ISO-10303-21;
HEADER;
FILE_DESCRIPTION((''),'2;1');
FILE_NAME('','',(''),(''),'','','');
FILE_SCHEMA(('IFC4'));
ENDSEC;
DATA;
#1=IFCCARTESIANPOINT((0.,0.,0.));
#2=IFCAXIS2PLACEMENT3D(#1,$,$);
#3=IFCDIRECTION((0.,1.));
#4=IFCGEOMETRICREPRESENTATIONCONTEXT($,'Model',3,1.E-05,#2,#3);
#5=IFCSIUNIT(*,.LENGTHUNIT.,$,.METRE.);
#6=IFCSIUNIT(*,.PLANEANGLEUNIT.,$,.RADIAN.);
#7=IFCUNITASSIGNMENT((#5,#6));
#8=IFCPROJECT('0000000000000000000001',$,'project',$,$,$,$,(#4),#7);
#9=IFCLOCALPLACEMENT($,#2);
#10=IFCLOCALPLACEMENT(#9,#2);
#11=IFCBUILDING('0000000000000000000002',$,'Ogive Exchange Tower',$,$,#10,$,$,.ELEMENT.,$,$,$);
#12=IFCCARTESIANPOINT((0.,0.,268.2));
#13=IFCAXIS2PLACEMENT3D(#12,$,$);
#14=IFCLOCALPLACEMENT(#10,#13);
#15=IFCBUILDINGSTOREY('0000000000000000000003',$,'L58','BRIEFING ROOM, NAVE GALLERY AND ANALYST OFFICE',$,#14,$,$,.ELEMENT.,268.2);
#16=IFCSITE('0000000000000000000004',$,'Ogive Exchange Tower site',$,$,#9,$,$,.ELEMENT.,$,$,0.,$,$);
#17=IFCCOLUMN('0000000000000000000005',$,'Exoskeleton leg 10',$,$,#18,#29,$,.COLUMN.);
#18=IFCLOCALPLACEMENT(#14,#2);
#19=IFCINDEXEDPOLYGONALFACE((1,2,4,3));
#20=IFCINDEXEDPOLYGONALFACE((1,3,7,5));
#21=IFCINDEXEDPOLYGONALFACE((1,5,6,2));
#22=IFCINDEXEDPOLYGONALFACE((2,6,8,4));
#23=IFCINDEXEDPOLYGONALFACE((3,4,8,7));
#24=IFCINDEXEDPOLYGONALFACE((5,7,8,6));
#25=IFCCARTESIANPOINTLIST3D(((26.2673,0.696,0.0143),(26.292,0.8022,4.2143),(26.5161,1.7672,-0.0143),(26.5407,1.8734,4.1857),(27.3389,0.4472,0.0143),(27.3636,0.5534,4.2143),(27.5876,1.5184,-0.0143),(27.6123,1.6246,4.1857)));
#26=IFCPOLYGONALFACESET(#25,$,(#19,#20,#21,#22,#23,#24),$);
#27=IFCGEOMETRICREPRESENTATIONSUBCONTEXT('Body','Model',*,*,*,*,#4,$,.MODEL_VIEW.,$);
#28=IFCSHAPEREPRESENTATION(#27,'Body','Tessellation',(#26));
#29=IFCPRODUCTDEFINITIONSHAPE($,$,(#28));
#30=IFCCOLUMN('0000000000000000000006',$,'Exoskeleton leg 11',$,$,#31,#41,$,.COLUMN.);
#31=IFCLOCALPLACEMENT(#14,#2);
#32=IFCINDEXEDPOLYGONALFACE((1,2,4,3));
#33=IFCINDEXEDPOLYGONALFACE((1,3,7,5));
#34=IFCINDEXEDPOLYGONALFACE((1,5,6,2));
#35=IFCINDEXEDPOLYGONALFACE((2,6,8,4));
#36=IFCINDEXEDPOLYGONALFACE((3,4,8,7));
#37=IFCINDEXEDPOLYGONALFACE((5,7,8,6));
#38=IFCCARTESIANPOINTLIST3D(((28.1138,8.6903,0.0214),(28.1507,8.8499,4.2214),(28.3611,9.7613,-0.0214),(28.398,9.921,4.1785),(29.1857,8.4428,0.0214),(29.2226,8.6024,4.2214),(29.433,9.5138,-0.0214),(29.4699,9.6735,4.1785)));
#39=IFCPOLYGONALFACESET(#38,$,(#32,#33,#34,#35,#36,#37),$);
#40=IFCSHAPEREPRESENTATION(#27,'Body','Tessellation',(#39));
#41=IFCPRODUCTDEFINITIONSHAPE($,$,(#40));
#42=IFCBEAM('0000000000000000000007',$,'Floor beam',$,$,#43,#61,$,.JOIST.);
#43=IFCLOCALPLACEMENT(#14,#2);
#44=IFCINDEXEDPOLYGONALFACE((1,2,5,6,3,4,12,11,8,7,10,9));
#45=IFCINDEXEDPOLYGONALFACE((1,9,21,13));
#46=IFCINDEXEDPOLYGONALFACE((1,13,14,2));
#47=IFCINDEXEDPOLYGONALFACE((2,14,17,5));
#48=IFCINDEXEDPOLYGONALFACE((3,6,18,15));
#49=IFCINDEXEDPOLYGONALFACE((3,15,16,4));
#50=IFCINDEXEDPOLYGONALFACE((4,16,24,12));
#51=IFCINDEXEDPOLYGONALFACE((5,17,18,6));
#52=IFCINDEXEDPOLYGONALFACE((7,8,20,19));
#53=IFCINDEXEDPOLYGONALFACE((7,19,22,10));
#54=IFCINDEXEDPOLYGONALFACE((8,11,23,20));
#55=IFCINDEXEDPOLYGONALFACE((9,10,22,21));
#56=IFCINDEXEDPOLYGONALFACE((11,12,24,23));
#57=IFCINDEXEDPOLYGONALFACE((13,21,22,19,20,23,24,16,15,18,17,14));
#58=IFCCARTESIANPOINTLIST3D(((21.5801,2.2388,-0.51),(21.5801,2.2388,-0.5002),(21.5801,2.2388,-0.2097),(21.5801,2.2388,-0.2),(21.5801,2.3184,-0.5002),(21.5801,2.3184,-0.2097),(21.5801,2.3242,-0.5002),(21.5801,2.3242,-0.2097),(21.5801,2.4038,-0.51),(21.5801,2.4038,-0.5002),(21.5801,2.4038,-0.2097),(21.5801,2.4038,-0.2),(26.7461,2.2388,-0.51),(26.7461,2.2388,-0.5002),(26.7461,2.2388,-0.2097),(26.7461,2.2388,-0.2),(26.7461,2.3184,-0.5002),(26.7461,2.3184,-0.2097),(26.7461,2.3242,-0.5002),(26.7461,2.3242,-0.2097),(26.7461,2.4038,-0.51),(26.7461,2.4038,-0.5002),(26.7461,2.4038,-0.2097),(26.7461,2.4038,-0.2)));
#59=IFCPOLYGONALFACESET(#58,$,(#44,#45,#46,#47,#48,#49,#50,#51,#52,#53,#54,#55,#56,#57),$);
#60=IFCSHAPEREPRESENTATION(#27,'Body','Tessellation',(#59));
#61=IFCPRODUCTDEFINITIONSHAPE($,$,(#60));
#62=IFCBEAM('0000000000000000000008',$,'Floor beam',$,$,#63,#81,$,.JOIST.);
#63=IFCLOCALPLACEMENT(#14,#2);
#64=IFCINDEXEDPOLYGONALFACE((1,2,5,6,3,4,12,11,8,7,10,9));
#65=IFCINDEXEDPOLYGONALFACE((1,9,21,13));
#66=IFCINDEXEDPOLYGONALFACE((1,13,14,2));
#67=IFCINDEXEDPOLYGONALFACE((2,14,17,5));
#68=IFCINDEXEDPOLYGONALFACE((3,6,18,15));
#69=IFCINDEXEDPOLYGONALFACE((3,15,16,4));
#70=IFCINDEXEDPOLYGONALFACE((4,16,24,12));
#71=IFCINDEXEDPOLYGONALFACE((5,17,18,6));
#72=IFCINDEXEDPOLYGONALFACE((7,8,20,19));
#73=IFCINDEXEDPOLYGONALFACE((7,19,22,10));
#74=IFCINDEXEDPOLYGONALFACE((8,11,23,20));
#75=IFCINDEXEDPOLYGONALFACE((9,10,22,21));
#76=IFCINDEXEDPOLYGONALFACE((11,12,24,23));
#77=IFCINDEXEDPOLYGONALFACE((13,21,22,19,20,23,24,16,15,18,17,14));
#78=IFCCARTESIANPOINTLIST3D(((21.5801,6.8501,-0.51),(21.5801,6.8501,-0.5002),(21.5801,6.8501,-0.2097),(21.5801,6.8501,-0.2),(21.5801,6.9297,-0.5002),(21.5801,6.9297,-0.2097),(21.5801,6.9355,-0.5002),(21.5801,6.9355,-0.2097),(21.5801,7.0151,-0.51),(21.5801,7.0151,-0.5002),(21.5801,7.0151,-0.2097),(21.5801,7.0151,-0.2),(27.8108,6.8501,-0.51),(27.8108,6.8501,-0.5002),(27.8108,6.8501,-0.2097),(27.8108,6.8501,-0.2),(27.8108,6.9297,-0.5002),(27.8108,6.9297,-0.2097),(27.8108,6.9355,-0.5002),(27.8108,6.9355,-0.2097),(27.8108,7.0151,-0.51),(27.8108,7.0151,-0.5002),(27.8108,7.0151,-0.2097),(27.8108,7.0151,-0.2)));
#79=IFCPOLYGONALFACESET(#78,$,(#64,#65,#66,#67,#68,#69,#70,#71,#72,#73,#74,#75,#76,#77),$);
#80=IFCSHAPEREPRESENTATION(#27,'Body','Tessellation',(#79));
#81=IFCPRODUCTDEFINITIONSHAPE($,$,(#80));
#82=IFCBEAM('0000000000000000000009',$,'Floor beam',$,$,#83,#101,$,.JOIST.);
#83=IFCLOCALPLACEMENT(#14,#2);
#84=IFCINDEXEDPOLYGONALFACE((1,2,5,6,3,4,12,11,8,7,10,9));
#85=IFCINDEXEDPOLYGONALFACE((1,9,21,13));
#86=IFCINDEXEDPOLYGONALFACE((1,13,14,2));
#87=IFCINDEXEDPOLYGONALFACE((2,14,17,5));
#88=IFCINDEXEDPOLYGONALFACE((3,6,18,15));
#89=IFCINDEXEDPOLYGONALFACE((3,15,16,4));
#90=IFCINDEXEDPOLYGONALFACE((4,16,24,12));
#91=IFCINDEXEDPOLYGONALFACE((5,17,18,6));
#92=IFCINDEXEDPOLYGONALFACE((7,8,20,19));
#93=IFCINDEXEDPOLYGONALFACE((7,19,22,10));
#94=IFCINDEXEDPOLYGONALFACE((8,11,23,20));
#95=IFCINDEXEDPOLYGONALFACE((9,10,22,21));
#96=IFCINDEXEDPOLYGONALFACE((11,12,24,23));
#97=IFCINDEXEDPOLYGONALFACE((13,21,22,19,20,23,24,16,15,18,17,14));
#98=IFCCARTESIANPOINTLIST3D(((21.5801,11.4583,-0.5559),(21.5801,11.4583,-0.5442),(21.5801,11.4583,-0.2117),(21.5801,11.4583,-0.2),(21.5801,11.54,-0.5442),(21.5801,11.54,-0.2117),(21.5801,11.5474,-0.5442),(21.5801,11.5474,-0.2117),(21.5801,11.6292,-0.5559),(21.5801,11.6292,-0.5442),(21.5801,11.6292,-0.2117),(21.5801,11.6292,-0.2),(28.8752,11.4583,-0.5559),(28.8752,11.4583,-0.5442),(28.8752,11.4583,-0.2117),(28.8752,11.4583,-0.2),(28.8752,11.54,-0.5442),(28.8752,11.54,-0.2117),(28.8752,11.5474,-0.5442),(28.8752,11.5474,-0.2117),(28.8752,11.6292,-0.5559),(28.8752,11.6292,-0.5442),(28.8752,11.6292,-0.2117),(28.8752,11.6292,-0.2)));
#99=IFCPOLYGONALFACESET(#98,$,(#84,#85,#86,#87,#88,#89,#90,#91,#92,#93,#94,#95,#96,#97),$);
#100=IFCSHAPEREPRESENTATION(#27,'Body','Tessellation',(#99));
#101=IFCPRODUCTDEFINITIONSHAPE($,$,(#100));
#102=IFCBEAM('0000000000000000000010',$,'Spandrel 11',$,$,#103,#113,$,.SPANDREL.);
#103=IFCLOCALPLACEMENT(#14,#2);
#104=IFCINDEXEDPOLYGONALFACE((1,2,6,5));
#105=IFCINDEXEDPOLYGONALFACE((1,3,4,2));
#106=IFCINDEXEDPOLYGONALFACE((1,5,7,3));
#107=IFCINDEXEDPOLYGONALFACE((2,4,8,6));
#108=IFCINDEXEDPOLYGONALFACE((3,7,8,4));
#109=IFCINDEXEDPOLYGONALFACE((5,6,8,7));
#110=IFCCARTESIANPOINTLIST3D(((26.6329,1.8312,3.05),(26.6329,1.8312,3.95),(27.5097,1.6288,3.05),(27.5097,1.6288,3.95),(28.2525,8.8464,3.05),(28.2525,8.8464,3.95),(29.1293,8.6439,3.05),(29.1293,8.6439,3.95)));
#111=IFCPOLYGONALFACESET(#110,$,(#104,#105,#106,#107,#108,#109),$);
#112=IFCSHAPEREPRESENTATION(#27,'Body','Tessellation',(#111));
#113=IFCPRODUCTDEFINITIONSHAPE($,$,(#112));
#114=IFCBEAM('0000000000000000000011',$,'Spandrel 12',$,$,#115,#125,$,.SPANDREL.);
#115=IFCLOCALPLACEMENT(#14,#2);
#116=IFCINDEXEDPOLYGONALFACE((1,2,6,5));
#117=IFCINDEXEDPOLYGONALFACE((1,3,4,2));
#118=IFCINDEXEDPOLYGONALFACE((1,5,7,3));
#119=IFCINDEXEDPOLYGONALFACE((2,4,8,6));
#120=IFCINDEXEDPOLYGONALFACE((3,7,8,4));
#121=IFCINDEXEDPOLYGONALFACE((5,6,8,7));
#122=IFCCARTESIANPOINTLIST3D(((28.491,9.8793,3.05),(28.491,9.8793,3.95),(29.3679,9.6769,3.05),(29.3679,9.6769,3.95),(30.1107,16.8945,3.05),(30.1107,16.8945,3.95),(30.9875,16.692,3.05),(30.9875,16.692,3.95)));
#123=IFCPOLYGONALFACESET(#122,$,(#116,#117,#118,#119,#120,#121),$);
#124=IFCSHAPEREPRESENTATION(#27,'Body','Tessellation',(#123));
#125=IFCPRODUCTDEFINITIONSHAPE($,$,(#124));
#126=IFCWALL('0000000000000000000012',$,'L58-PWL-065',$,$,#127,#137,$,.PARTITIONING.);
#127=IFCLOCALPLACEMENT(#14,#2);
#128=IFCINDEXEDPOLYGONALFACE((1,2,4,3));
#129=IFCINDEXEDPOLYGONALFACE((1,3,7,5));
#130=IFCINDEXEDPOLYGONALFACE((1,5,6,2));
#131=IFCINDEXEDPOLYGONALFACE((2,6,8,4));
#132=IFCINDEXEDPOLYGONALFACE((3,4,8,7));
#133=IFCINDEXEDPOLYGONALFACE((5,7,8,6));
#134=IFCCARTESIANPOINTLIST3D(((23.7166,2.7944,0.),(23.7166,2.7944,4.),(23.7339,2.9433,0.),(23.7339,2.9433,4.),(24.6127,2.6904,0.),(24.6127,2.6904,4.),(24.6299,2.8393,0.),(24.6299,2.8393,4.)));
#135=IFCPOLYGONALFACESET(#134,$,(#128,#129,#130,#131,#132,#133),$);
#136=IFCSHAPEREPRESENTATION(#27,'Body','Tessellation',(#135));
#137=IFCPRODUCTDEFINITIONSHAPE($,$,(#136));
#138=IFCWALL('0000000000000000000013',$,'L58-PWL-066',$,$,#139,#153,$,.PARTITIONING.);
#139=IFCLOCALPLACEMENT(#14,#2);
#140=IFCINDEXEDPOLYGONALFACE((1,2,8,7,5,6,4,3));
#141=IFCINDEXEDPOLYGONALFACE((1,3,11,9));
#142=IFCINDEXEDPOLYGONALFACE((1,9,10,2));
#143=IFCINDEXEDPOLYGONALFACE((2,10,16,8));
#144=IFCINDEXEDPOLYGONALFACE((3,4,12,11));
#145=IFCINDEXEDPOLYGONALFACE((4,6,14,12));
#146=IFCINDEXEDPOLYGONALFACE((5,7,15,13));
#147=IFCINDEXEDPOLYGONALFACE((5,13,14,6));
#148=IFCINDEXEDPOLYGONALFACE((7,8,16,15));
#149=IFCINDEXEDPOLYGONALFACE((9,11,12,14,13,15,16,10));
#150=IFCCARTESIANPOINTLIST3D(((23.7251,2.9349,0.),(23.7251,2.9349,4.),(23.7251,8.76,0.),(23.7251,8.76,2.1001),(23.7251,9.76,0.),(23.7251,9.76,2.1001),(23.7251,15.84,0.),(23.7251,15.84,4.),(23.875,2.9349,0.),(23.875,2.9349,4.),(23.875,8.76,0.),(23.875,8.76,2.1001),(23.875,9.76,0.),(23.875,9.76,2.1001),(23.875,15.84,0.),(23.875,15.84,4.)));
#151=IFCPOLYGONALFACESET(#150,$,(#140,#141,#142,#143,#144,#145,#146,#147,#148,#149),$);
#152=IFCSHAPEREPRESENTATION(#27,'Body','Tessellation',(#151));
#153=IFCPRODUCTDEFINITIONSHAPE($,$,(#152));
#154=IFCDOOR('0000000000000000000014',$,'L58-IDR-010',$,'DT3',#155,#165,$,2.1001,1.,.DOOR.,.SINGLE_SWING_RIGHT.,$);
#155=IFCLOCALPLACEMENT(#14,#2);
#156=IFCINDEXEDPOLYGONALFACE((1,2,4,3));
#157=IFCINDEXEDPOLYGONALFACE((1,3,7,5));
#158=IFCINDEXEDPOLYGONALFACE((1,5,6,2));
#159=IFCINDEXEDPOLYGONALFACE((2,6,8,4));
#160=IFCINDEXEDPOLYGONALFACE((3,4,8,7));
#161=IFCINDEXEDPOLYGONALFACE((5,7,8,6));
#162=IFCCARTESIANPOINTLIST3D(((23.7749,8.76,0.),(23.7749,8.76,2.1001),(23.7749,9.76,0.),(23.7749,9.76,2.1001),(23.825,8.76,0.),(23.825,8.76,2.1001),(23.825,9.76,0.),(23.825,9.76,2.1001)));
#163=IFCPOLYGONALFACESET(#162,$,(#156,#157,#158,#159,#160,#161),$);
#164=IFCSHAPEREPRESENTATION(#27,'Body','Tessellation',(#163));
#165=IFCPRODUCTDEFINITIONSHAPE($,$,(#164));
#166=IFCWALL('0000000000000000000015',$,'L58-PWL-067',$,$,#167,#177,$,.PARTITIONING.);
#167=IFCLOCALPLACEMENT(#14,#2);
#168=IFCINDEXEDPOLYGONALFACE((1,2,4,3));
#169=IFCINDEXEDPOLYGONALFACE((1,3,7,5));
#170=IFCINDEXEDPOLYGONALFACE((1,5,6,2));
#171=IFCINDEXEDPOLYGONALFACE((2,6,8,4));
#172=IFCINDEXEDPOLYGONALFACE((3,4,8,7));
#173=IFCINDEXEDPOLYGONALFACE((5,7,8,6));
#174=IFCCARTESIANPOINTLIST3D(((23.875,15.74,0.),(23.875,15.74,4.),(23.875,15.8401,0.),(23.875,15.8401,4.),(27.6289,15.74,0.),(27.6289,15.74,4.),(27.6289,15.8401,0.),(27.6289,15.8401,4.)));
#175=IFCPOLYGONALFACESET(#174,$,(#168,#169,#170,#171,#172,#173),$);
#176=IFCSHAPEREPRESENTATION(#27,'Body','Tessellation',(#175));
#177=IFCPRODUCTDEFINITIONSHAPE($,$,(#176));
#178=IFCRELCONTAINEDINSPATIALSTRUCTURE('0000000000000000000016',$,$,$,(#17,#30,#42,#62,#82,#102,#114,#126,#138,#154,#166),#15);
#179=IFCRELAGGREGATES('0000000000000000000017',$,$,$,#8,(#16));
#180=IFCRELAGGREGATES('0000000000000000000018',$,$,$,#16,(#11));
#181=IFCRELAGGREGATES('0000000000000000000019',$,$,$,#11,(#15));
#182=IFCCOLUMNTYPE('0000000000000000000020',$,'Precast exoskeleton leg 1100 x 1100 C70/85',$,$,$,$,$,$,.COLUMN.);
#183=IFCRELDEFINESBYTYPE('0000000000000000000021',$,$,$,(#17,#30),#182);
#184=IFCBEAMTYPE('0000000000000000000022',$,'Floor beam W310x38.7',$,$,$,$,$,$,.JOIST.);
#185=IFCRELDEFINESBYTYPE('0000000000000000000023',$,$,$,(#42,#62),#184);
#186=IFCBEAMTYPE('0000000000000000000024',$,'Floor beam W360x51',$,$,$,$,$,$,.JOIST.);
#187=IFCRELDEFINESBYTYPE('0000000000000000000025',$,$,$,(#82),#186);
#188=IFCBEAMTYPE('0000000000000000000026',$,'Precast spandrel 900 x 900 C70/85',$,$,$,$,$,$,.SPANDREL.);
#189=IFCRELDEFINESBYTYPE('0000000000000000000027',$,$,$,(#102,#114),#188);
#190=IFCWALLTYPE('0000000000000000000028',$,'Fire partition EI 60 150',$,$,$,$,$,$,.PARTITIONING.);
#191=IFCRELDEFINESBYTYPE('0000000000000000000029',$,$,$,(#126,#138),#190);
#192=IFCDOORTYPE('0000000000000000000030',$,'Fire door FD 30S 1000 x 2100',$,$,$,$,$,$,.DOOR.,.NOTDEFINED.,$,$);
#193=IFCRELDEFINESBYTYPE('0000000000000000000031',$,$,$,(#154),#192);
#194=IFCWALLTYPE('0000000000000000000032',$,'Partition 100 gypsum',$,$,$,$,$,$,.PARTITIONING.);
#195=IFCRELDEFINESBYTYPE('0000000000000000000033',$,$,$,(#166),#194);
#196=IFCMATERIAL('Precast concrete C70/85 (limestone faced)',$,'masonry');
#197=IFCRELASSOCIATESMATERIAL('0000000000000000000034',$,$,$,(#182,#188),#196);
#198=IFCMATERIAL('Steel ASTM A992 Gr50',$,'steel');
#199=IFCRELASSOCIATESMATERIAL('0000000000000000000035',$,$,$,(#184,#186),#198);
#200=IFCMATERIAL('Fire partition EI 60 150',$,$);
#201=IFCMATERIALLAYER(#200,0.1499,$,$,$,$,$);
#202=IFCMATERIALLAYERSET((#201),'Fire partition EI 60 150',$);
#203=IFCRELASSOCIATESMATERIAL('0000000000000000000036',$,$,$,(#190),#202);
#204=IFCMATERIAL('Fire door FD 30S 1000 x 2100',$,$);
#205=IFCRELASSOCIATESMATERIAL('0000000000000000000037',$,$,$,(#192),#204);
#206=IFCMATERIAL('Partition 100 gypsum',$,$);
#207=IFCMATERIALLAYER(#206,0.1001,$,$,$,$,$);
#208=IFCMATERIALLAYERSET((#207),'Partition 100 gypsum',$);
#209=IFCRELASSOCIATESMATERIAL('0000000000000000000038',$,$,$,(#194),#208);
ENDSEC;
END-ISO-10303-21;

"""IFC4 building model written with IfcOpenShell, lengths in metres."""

from ifc_helpers import new_model, si_unit, direction, frame, frame_2d, origin, origin_2d, place, context, subcontext, project, spatial, rectangle, i_section, extrude, material, layer, layer_set, material_profile, profile_set, type_object, element, fill, save


model = new_model("IFC4")

# Units and contexts
model_context = context("Model", 3, precision=1e-05, world=origin(), true_north=direction((0.0, 1.0)))
body_context = subcontext(model_context, "Body", "Model", "MODEL_VIEW")
ifc_project = project(units=[si_unit("LENGTHUNIT", "METRE"), si_unit("PLANEANGLEUNIT", "RADIAN")], contexts=[model_context])

# Site, building, storey
site_placement = place(None, origin())
site = spatial("IfcSite", under=ifc_project, at=site_placement, Name="Ogive Exchange Tower site", CompositionType="ELEMENT", RefElevation=0.0)
building_placement = place(site_placement, origin())
building = spatial("IfcBuilding", under=site, at=building_placement, Name="Ogive Exchange Tower", CompositionType="ELEMENT")
storey_placement = place(building_placement, frame((0.0, 0.0, 268.2)))
storey = spatial("IfcBuildingStorey", under=building, at=storey_placement, Name="L58", Description="BRIEFING ROOM, NAVE GALLERY AND ANALYST OFFICE", CompositionType="ELEMENT", Elevation=268.2)

# Columns
ifc_material_1 = material(Name="Precast concrete C70/85 (limestone faced)", Category="masonry")
ifc_material_profile_1 = material_profile(ifc_material_1, rectangle(XDim=1.1001, YDim=1.1001, at=origin_2d()), Name="1100 x 1100")
ifc_profile_set_1 = profile_set([ifc_material_profile_1], Name="Precast concrete C70/85 (limestone faced)")
column_type = type_object("IfcColumnType", Name="Precast exoskeleton leg 1100 x 1100 C70/85", PredefinedType="COLUMN", material=ifc_profile_set_1)
column_1_placement = place(storey_placement, frame((26.9275, 1.1072, 0.0), z_axis=(0.005869, 0.025278, 0.999663), x_axis=(-0.974088, 0.226168, 0.0)))
element("IfcColumn", 1, at=column_1_placement, inside=storey, type_object=column_type, Name="Exoskeleton leg 10", PredefinedType="COLUMN", context=body_context, shape_type="SweptSolid", body=[
    extrude(rectangle(XDim=1.1001, YDim=1.1001, at=origin_2d()), origin(), (0.0, 0.0, 1.0), 4.2014),
])
column_2_placement = place(storey_placement, frame((28.7734, 9.1021, 0.0), z_axis=(0.008771, 0.037988, 0.99924), x_axis=(-0.974366, 0.224968, 0.0)))
element("IfcColumn", 2, at=column_2_placement, inside=storey, type_object=column_type, Name="Exoskeleton leg 11", PredefinedType="COLUMN", context=body_context, shape_type="SweptSolid", body=[
    extrude(rectangle(XDim=1.1001, YDim=1.1001, at=origin_2d()), origin(), (0.0, 0.0, 1.0), 4.2031),
])

# Beams
ifc_material_2 = material(Name="Steel ASTM A992 Gr50", Category="steel")
ifc_material_profile_2 = material_profile(ifc_material_2, i_section(OverallWidth=0.165, OverallDepth=0.3101, WebThickness=0.0059, FlangeThickness=0.0098, at=origin_2d()), Name="W310x38.7")
ifc_profile_set_2 = profile_set([ifc_material_profile_2], Name="Steel ASTM A992 Gr50")
beam_type_1 = type_object("IfcBeamType", Name="Floor beam W310x38.7", PredefinedType="JOIST", material=ifc_profile_set_2)
beam_1_placement = place(storey_placement, frame((21.5801, 2.3213, -0.355), z_axis=(1.0, 0.0, 0.0), x_axis=(0.0, 1.0, 0.0)))
element("IfcBeam", 3, at=beam_1_placement, inside=storey, type_object=beam_type_1, Name="Floor beam", PredefinedType="JOIST", context=body_context, shape_type="SweptSolid", body=[
    extrude(i_section(OverallWidth=0.165, OverallDepth=0.3101, WebThickness=0.0059, FlangeThickness=0.0098, at=origin_2d()), origin(), (0.0, 0.0, 1.0), 5.166),
])
beam_2_placement = place(storey_placement, frame((21.5801, 6.9326, -0.355), z_axis=(1.0, 0.0, 0.0), x_axis=(0.0, 1.0, 0.0)))
element("IfcBeam", 4, at=beam_2_placement, inside=storey, type_object=beam_type_1, Name="Floor beam", PredefinedType="JOIST", context=body_context, shape_type="SweptSolid", body=[
    extrude(i_section(OverallWidth=0.165, OverallDepth=0.3101, WebThickness=0.0059, FlangeThickness=0.0098, at=origin_2d()), origin(), (0.0, 0.0, 1.0), 6.2307),
])
ifc_material_profile_3 = material_profile(ifc_material_2, i_section(OverallWidth=0.1709, OverallDepth=0.356, WebThickness=0.0073, FlangeThickness=0.0117, at=origin_2d()), Name="W360x51")
ifc_profile_set_3 = profile_set([ifc_material_profile_3], Name="Steel ASTM A992 Gr50")
beam_type_2 = type_object("IfcBeamType", Name="Floor beam W360x51", PredefinedType="JOIST", material=ifc_profile_set_3)
beam_3_placement = place(storey_placement, frame((21.5801, 11.5437, -0.3779), z_axis=(1.0, 0.0, 0.0), x_axis=(0.0, 1.0, 0.0)))
element("IfcBeam", 5, at=beam_3_placement, inside=storey, type_object=beam_type_2, Name="Floor beam", PredefinedType="JOIST", context=body_context, shape_type="SweptSolid", body=[
    extrude(i_section(OverallWidth=0.1709, OverallDepth=0.356, WebThickness=0.0073, FlangeThickness=0.0117, at=origin_2d()), origin(), (0.0, 0.0, 1.0), 7.2952),
])
ifc_material_profile_4 = material_profile(ifc_material_1, rectangle(XDim=0.8999, YDim=0.8999, at=origin_2d()), Name="900 x 900")
ifc_profile_set_4 = profile_set([ifc_material_profile_4], Name="Precast concrete C70/85 (limestone faced)")
beam_type_3 = type_object("IfcBeamType", Name="Precast spandrel 900 x 900 C70/85", PredefinedType="SPANDREL", material=ifc_profile_set_4)
for number, where, z_axis, x_axis, name in (
    (6, (27.0713, 1.73, 3.5), (0.224959, 0.974368, 0.0), (-0.974368, 0.224959, 0.0), "Spandrel 11"),
    (7, (28.9294, 9.7781, 3.5), (0.224959, 0.974368, 0.0), (-0.974368, 0.224959, 0.0), "Spandrel 12"),
):
    element("IfcBeam", number, at=place(storey_placement, frame(where, z_axis=z_axis, x_axis=x_axis)), inside=storey, type_object=beam_type_3, Name=name, PredefinedType="SPANDREL", context=body_context, shape_type="SweptSolid", body=[
        extrude(rectangle(XDim=0.8999, YDim=0.8999, at=origin_2d()), origin(), (0.0, 0.0, 1.0), 7.1997),
    ])

# Wall
ifc_material_3 = material(Name="Fire partition EI 60 150")
ifc_layer_1 = layer(ifc_material_3, 0.1499)
ifc_layer_set_1 = layer_set([ifc_layer_1], Name="Fire partition EI 60 150")
wall_type_1 = type_object("IfcWallType", Name="Fire partition EI 60 150", PredefinedType="PARTITIONING", material=ifc_layer_set_1)
wall_1_placement = place(storey_placement, frame((23.7251, 2.8689, 0.0), z_axis=(0.0, 0.0, 1.0), x_axis=(0.99333, -0.115302, 0.0)))
element("IfcWall", 8, at=wall_1_placement, inside=storey, type_object=wall_type_1, Name="L58-PWL-065", PredefinedType="PARTITIONING", context=body_context, shape_type="SweptSolid", body=[
    extrude(rectangle(XDim=0.9021, YDim=0.1499, at=frame_2d((0.4512, 0.0))), origin(), (0.0, 0.0, 1.0), 4.0),
])

# Wall, opening, door
wall_2_placement = place(storey_placement, frame((23.8, 15.8401, 0.0), z_axis=(0.0, 0.0, 1.0), x_axis=(0.0, -1.0, 0.0)))
wall_2 = element("IfcWall", 9, at=wall_2_placement, inside=storey, type_object=wall_type_1, Name="L58-PWL-066", PredefinedType="PARTITIONING", context=body_context, shape_type="SweptSolid", body=[
    extrude(rectangle(XDim=12.905, YDim=0.1499, at=frame_2d((6.4526, 0.0))), origin(), (0.0, 0.0, 1.0), 4.0),
])
opening_1_placement = place(wall_2_placement, frame((6.0801, 0.0, 0.0)))
opening_1 = element("IfcOpeningElement", 10, at=opening_1_placement, cuts=wall_2, PredefinedType="OPENING", context=body_context, shape_type="SweptSolid", body=[
    extrude(rectangle(XDim=1.0, YDim=2.1001, at=frame_2d((0.5, 1.05))), frame((0.0, 0.085, 0.0), z_axis=(0.0, -1.0, 0.0), x_axis=(1.0, 0.0, 0.0)), (0.0, 0.0, 1.0), 0.1699),
])
ifc_material_4 = material(Name="Fire door FD 30S 1000 x 2100")
door_type_1 = type_object("IfcDoorType", Name="Fire door FD 30S 1000 x 2100", OperationType="NOTDEFINED", PredefinedType="DOOR", material=ifc_material_4)
door_1_placement = place(opening_1_placement, origin())
door_1 = element("IfcDoor", 11, at=door_1_placement, inside=storey, type_object=door_type_1, Name="L58-IDR-010", ObjectType="DT3", OperationType="SINGLE_SWING_RIGHT", OverallHeight=2.1001, OverallWidth=1.0, PredefinedType="DOOR", context=body_context, shape_type="SweptSolid", body=[
    extrude(rectangle(XDim=1.0, YDim=2.1001, at=frame_2d((0.5, 1.05))), frame((0.0, 0.0249, 0.0), z_axis=(0.0, -1.0, 0.0), x_axis=(1.0, 0.0, 0.0)), (0.0, 0.0, 1.0), 0.05),
])
fill(opening_1, door_1)

# Wall
ifc_material_5 = material(Name="Partition 100 gypsum")
ifc_layer_2 = layer(ifc_material_5, 0.1001)
ifc_layer_set_2 = layer_set([ifc_layer_2], Name="Partition 100 gypsum")
wall_type_2 = type_object("IfcWallType", Name="Partition 100 gypsum", PredefinedType="PARTITIONING", material=ifc_layer_set_2)
wall_3_placement = place(storey_placement, frame((23.875, 15.79, 0.0), z_axis=(0.0, 0.0, 1.0), x_axis=(1.0, 0.0, 0.0)))
element("IfcWall", 12, at=wall_3_placement, inside=storey, type_object=wall_type_2, Name="L58-PWL-067", PredefinedType="PARTITIONING", context=body_context, shape_type="SweptSolid", body=[
    extrude(rectangle(XDim=3.7539, YDim=0.1001, at=frame_2d((1.877, 0.0))), origin(), (0.0, 0.0, 1.0), 4.0),
])

save(model, "model.ifc")
